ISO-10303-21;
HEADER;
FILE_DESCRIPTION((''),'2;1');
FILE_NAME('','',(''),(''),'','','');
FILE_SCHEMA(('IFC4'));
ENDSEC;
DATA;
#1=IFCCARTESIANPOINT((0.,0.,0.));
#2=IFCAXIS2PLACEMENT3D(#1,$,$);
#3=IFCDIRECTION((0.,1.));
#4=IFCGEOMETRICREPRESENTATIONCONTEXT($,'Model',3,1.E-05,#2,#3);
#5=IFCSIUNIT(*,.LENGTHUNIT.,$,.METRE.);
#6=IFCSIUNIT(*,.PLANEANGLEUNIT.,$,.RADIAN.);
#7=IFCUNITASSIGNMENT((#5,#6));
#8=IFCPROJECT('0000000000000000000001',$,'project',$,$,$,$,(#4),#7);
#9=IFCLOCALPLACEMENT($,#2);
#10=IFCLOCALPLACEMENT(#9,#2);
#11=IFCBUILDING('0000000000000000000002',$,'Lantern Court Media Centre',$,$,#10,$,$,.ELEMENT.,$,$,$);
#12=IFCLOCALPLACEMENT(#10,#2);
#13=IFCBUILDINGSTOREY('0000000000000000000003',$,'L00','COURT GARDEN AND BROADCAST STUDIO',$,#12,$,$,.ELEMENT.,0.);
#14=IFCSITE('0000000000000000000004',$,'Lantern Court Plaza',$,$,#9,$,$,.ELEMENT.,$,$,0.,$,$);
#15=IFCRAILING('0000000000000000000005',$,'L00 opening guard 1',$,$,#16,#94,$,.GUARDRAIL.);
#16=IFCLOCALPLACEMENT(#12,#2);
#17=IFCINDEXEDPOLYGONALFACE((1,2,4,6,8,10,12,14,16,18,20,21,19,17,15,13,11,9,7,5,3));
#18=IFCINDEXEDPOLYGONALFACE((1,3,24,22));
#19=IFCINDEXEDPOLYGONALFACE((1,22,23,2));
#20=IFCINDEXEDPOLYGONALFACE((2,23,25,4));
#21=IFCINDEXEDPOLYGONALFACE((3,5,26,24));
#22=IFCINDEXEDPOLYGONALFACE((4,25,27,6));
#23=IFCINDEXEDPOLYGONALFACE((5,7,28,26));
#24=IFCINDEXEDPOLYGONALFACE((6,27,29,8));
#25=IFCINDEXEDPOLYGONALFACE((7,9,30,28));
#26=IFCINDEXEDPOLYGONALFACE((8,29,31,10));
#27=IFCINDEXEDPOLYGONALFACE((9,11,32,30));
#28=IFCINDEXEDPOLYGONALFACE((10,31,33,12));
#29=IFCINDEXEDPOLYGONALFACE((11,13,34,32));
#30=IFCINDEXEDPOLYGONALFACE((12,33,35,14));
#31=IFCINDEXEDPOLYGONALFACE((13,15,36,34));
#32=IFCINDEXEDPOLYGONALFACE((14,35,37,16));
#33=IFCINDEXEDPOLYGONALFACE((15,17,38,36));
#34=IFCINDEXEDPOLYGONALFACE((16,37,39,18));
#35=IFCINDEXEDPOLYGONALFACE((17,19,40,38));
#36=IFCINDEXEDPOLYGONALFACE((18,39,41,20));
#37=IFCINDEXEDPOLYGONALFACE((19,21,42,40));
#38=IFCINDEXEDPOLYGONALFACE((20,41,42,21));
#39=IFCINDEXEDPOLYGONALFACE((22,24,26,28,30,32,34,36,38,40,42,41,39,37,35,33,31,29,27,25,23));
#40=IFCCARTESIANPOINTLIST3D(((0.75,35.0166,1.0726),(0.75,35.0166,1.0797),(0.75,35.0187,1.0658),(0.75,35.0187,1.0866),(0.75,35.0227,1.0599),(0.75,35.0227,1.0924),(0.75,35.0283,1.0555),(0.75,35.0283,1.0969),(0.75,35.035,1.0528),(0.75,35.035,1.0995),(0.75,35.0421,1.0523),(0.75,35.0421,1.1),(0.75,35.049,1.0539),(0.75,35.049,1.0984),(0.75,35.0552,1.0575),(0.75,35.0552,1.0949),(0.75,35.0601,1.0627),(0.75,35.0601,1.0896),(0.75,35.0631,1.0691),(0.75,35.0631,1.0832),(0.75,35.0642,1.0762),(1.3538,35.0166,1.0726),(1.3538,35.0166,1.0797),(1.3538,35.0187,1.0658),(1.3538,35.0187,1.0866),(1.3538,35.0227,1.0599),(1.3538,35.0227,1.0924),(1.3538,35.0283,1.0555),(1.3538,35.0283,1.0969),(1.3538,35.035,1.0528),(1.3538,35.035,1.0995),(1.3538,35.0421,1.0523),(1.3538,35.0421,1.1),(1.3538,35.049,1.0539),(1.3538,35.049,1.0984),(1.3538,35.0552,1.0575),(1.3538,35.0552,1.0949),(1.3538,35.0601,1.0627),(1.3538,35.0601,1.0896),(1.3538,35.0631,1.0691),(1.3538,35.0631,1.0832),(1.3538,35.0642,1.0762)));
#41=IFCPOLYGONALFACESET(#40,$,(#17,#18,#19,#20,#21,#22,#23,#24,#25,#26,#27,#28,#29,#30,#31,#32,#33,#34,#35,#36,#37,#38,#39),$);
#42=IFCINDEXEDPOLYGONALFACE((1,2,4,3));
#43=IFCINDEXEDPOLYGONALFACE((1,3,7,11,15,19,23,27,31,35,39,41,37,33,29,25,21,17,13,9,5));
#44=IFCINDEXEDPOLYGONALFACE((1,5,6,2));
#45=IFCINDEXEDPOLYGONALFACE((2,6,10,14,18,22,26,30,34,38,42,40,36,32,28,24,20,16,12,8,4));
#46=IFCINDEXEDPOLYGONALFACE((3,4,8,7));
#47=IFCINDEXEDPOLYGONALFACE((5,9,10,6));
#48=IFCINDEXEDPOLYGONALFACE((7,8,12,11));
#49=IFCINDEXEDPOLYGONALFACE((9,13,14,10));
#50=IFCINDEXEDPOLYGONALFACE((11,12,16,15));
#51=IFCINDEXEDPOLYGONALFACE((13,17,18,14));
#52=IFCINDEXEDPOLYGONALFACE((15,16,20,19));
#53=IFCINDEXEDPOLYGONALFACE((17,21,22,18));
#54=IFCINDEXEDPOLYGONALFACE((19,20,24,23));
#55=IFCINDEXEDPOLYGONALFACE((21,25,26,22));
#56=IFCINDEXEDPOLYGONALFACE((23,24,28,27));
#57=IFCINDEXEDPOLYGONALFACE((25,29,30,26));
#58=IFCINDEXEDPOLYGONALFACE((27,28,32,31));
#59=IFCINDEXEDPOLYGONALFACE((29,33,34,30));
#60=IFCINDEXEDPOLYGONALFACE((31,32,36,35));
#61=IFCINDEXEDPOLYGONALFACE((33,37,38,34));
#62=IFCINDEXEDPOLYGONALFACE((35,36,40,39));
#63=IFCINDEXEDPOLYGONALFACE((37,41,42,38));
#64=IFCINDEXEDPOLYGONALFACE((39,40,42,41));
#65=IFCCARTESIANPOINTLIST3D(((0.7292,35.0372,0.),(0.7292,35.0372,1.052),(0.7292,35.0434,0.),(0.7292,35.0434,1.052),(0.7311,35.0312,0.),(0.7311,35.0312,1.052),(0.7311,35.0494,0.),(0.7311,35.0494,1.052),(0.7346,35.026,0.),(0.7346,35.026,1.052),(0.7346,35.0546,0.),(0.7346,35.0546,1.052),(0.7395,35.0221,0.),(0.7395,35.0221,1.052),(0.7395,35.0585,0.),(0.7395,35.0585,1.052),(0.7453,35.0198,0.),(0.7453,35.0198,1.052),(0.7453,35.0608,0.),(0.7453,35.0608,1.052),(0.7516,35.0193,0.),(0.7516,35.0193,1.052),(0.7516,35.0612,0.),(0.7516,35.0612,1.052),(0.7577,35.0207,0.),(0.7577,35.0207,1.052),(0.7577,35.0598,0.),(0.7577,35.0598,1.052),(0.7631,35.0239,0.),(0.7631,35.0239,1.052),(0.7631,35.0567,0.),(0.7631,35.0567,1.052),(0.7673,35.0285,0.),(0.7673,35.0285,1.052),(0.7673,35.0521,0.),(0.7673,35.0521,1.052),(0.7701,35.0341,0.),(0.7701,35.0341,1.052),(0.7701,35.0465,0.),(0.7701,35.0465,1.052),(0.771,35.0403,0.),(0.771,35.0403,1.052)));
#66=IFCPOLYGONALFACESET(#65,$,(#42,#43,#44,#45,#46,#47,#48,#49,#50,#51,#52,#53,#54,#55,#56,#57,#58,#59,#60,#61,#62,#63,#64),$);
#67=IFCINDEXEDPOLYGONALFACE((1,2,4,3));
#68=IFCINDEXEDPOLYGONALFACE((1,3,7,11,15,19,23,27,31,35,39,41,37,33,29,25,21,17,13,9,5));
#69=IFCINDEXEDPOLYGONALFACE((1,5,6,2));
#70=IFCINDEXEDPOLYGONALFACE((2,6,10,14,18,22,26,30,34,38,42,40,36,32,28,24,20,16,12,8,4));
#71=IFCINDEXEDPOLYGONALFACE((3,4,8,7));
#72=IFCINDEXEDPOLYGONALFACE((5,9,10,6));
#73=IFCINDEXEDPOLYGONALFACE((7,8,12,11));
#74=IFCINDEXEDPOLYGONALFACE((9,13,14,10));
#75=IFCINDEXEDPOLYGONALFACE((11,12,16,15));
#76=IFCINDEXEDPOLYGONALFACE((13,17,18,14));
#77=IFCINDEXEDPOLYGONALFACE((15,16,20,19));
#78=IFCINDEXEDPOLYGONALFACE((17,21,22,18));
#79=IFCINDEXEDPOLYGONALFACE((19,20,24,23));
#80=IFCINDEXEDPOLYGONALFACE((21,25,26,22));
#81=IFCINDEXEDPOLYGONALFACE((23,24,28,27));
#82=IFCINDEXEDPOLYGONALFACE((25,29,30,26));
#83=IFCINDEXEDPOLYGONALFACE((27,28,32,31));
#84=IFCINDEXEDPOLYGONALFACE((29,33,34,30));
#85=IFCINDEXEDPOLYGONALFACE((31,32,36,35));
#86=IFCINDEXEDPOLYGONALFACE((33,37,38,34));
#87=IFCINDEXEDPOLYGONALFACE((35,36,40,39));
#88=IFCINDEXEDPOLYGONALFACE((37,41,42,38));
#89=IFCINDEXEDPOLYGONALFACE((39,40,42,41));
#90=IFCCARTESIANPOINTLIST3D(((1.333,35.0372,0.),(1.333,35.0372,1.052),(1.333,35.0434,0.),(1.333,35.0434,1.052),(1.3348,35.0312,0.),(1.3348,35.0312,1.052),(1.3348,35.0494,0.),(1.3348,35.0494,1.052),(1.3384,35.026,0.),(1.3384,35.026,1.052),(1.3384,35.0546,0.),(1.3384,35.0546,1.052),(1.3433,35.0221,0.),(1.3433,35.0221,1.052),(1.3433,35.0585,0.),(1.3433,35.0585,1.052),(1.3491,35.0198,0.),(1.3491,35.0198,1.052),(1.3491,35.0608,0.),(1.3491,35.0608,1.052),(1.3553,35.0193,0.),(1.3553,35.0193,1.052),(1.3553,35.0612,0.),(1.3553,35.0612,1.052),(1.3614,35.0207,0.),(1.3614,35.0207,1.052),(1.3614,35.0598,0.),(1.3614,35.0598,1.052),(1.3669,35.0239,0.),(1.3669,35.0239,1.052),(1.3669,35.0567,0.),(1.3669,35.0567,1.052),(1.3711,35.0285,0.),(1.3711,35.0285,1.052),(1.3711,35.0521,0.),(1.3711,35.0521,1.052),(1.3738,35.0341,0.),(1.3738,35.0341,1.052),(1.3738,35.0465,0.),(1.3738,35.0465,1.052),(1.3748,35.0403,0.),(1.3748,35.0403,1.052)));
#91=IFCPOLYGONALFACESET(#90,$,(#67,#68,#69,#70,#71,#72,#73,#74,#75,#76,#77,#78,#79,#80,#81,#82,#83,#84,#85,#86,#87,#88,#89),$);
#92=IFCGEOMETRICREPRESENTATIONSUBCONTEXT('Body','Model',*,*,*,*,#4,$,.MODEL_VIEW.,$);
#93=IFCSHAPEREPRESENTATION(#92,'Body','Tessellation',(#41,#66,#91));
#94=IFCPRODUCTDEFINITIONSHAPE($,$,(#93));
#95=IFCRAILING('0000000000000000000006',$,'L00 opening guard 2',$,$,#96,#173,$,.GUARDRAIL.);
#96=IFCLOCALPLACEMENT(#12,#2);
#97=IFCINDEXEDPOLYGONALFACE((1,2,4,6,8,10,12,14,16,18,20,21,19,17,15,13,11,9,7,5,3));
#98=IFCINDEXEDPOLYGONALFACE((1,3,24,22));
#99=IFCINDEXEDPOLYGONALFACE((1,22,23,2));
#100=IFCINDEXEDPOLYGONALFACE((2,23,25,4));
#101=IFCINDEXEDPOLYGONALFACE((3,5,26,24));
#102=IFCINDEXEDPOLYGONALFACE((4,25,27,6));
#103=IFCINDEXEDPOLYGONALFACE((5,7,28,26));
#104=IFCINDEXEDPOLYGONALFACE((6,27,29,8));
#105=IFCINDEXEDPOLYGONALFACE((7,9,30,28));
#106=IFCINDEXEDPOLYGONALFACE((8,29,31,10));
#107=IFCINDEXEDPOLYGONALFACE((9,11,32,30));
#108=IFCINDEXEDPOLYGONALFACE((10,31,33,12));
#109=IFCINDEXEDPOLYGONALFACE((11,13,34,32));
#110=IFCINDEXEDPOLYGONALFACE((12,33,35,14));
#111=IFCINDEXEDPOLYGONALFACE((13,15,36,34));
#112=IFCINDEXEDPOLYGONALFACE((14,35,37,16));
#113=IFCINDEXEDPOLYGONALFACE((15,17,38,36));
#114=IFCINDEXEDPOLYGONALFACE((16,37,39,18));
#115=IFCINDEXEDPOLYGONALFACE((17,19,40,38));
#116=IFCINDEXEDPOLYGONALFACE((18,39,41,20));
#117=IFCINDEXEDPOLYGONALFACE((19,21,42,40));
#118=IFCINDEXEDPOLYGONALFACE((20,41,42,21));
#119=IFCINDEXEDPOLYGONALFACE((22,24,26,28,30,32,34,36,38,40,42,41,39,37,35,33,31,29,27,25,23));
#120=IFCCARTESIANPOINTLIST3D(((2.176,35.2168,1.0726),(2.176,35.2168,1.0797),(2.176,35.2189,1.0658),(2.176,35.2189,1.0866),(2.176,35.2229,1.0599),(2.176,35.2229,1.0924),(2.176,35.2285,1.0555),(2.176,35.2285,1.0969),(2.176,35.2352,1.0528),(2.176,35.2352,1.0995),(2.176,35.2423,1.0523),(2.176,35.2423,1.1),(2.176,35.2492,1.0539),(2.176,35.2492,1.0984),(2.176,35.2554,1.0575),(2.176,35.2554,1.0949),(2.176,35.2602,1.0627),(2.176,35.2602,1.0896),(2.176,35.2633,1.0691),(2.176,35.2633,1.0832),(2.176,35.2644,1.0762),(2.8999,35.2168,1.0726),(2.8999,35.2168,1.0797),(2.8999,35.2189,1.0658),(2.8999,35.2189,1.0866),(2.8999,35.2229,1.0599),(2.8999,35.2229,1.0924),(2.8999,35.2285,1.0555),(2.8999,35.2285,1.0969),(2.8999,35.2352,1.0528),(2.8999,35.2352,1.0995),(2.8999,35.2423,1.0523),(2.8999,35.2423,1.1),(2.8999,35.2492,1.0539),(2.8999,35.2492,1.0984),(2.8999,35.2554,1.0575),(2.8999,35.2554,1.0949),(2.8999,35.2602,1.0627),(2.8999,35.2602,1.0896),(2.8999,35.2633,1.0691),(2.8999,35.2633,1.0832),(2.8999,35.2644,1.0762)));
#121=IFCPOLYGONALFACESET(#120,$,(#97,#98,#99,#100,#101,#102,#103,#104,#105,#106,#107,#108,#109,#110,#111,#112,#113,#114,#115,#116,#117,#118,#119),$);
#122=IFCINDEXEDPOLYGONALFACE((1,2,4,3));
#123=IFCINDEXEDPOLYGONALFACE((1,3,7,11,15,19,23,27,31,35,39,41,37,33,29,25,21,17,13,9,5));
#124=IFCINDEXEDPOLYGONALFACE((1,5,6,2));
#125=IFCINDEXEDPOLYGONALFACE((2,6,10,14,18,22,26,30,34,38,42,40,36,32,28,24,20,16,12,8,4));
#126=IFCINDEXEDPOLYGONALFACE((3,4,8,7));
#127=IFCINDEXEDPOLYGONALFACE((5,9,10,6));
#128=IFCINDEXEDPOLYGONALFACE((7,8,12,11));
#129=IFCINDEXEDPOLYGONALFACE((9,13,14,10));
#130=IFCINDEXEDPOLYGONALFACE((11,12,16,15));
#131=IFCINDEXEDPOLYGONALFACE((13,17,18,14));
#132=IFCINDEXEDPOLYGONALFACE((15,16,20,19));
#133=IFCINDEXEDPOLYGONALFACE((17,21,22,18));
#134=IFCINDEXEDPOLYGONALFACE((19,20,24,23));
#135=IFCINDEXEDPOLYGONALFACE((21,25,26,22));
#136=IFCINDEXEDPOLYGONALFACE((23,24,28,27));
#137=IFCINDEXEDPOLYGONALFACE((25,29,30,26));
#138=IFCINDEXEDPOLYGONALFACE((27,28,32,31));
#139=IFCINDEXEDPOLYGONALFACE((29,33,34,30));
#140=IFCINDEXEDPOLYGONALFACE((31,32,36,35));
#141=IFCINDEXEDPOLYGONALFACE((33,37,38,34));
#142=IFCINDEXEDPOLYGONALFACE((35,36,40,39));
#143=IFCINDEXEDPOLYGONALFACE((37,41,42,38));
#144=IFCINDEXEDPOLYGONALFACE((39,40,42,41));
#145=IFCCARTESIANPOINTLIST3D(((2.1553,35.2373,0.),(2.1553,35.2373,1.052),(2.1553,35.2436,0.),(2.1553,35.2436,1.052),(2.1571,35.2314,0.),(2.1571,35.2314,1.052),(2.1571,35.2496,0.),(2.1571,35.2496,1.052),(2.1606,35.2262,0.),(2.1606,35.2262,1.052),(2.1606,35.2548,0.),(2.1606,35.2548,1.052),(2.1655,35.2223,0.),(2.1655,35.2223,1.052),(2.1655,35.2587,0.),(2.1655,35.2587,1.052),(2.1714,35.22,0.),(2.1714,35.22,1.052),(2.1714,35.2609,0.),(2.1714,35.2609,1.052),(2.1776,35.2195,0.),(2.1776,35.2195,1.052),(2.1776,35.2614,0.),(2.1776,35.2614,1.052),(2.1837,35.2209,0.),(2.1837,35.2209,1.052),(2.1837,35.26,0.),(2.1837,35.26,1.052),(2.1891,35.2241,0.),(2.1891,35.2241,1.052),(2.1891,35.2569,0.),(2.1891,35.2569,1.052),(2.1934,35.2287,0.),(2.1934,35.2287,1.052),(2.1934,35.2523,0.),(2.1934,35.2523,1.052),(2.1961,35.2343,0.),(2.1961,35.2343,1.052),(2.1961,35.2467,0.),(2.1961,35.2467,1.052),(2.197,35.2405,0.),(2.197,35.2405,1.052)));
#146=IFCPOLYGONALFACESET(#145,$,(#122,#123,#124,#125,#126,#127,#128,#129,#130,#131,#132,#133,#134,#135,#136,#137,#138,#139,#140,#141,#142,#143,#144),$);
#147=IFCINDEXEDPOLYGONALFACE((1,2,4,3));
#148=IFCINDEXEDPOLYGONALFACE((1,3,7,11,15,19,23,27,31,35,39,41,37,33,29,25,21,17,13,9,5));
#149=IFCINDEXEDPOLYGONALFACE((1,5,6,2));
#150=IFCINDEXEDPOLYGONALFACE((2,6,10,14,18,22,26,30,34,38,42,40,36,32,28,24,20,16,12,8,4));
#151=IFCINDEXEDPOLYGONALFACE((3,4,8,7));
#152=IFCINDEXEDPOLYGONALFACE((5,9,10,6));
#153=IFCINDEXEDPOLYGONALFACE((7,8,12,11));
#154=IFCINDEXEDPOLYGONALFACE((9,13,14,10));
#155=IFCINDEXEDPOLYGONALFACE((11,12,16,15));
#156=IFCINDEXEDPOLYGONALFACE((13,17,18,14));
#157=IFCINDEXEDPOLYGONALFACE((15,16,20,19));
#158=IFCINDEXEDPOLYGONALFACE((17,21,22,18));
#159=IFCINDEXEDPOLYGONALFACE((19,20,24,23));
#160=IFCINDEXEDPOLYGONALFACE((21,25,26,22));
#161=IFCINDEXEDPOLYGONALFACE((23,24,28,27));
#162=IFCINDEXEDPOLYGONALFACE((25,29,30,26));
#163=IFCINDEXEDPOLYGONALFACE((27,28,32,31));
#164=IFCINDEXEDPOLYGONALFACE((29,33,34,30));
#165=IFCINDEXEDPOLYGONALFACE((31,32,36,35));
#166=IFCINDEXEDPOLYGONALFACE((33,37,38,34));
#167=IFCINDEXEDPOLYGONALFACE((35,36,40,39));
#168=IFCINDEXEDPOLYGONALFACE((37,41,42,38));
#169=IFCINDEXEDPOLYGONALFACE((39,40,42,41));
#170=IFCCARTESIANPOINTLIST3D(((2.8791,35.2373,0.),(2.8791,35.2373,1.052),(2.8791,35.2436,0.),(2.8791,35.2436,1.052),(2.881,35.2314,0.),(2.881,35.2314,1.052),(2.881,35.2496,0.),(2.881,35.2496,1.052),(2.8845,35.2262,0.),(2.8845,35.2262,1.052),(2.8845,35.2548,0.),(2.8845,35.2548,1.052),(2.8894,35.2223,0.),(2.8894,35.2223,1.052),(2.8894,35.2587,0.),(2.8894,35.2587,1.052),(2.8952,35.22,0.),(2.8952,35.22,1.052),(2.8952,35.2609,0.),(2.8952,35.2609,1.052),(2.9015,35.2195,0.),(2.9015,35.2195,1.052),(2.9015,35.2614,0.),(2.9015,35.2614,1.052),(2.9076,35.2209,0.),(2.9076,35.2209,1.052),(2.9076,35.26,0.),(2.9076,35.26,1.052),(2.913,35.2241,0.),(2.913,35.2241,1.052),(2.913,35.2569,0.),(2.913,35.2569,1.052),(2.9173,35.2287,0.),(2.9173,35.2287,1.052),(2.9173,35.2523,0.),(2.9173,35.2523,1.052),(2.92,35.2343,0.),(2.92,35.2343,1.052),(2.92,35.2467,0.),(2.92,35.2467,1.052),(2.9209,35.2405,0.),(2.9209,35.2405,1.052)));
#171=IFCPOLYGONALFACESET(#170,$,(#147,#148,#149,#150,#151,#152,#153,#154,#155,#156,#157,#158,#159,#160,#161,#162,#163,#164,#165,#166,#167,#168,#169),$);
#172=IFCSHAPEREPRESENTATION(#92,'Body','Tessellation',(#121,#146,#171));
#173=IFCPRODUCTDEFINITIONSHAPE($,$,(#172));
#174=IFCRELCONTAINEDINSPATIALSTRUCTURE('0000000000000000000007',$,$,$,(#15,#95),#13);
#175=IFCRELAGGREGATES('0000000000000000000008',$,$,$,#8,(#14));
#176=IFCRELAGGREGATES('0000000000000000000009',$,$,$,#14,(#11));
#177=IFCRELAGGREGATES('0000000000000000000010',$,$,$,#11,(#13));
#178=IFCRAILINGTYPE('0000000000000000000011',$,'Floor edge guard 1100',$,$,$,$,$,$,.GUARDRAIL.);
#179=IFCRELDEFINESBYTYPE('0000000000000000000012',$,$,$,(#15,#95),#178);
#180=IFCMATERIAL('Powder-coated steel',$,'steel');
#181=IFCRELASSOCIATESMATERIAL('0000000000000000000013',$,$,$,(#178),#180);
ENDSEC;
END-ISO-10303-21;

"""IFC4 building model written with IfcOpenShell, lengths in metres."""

from ifc_helpers import new_model, si_unit, direction, frame, origin, origin_2d, place, context, subcontext, project, spatial, circle, extrude, material, type_object, element, save


model = new_model("IFC4")

# Units and contexts
model_context = context("Model", 3, precision=1e-05, world=origin(), true_north=direction((0.0, 1.0)))
body_context = subcontext(model_context, "Body", "Model", "MODEL_VIEW")
ifc_project = project(units=[si_unit("LENGTHUNIT", "METRE"), si_unit("PLANEANGLEUNIT", "RADIAN")], contexts=[model_context])

# Site, building, storey
site_placement = place(None, origin())
site = spatial("IfcSite", under=ifc_project, at=site_placement, Name="Lantern Court Plaza", CompositionType="ELEMENT", RefElevation=0.0)
building_placement = place(site_placement, origin())
building = spatial("IfcBuilding", under=site, at=building_placement, Name="Lantern Court Media Centre", CompositionType="ELEMENT")
storey_placement = place(building_placement, origin())
storey = spatial("IfcBuildingStorey", under=building, at=storey_placement, Name="L00", Description="COURT GARDEN AND BROADCAST STUDIO", CompositionType="ELEMENT", Elevation=0.0)

# Railings
ifc_material_1 = material(Name="Powder-coated steel", Category="steel")
railing_type_1 = type_object("IfcRailingType", Name="Floor edge guard 1100", PredefinedType="GUARDRAIL", material=ifc_material_1)
railing_1_placement = place(storey_placement, frame((0.75, 35.0403, 0.0)))
element("IfcRailing", 1, at=railing_1_placement, inside=storey, type_object=railing_type_1, Name="L00 opening guard 1", PredefinedType="GUARDRAIL", context=body_context, shape_type="SweptSolid", body=[
    extrude(circle(Radius=0.0239, at=origin_2d()), frame((0.0, 0.0, 1.0762), z_axis=(1.0, 0.0, 0.0), x_axis=(0.0, 1.0, 0.0)), (0.0, 0.0, 1.0), 0.6038),
    extrude(circle(Radius=0.021, at=origin_2d()), origin(), (0.0, 0.0, 1.0), 1.052),
    extrude(circle(Radius=0.021, at=origin_2d()), frame((0.6038, 0.0, 0.0)), (0.0, 0.0, 1.0), 1.052),
])
railing_2_placement = place(storey_placement, frame((2.176, 35.2405, 0.0)))
element("IfcRailing", 2, at=railing_2_placement, inside=storey, type_object=railing_type_1, Name="L00 opening guard 2", PredefinedType="GUARDRAIL", context=body_context, shape_type="SweptSolid", body=[
    extrude(circle(Radius=0.0239, at=origin_2d()), frame((0.0, 0.0, 1.0762), z_axis=(1.0, 0.0, 0.0), x_axis=(0.0, 1.0, 0.0)), (0.0, 0.0, 1.0), 0.7239),
    extrude(circle(Radius=0.021, at=origin_2d()), origin(), (0.0, 0.0, 1.0), 1.052),
    extrude(circle(Radius=0.021, at=origin_2d()), frame((0.7239, 0.0, 0.0)), (0.0, 0.0, 1.0), 1.052),
])

save(model, "model.ifc")
